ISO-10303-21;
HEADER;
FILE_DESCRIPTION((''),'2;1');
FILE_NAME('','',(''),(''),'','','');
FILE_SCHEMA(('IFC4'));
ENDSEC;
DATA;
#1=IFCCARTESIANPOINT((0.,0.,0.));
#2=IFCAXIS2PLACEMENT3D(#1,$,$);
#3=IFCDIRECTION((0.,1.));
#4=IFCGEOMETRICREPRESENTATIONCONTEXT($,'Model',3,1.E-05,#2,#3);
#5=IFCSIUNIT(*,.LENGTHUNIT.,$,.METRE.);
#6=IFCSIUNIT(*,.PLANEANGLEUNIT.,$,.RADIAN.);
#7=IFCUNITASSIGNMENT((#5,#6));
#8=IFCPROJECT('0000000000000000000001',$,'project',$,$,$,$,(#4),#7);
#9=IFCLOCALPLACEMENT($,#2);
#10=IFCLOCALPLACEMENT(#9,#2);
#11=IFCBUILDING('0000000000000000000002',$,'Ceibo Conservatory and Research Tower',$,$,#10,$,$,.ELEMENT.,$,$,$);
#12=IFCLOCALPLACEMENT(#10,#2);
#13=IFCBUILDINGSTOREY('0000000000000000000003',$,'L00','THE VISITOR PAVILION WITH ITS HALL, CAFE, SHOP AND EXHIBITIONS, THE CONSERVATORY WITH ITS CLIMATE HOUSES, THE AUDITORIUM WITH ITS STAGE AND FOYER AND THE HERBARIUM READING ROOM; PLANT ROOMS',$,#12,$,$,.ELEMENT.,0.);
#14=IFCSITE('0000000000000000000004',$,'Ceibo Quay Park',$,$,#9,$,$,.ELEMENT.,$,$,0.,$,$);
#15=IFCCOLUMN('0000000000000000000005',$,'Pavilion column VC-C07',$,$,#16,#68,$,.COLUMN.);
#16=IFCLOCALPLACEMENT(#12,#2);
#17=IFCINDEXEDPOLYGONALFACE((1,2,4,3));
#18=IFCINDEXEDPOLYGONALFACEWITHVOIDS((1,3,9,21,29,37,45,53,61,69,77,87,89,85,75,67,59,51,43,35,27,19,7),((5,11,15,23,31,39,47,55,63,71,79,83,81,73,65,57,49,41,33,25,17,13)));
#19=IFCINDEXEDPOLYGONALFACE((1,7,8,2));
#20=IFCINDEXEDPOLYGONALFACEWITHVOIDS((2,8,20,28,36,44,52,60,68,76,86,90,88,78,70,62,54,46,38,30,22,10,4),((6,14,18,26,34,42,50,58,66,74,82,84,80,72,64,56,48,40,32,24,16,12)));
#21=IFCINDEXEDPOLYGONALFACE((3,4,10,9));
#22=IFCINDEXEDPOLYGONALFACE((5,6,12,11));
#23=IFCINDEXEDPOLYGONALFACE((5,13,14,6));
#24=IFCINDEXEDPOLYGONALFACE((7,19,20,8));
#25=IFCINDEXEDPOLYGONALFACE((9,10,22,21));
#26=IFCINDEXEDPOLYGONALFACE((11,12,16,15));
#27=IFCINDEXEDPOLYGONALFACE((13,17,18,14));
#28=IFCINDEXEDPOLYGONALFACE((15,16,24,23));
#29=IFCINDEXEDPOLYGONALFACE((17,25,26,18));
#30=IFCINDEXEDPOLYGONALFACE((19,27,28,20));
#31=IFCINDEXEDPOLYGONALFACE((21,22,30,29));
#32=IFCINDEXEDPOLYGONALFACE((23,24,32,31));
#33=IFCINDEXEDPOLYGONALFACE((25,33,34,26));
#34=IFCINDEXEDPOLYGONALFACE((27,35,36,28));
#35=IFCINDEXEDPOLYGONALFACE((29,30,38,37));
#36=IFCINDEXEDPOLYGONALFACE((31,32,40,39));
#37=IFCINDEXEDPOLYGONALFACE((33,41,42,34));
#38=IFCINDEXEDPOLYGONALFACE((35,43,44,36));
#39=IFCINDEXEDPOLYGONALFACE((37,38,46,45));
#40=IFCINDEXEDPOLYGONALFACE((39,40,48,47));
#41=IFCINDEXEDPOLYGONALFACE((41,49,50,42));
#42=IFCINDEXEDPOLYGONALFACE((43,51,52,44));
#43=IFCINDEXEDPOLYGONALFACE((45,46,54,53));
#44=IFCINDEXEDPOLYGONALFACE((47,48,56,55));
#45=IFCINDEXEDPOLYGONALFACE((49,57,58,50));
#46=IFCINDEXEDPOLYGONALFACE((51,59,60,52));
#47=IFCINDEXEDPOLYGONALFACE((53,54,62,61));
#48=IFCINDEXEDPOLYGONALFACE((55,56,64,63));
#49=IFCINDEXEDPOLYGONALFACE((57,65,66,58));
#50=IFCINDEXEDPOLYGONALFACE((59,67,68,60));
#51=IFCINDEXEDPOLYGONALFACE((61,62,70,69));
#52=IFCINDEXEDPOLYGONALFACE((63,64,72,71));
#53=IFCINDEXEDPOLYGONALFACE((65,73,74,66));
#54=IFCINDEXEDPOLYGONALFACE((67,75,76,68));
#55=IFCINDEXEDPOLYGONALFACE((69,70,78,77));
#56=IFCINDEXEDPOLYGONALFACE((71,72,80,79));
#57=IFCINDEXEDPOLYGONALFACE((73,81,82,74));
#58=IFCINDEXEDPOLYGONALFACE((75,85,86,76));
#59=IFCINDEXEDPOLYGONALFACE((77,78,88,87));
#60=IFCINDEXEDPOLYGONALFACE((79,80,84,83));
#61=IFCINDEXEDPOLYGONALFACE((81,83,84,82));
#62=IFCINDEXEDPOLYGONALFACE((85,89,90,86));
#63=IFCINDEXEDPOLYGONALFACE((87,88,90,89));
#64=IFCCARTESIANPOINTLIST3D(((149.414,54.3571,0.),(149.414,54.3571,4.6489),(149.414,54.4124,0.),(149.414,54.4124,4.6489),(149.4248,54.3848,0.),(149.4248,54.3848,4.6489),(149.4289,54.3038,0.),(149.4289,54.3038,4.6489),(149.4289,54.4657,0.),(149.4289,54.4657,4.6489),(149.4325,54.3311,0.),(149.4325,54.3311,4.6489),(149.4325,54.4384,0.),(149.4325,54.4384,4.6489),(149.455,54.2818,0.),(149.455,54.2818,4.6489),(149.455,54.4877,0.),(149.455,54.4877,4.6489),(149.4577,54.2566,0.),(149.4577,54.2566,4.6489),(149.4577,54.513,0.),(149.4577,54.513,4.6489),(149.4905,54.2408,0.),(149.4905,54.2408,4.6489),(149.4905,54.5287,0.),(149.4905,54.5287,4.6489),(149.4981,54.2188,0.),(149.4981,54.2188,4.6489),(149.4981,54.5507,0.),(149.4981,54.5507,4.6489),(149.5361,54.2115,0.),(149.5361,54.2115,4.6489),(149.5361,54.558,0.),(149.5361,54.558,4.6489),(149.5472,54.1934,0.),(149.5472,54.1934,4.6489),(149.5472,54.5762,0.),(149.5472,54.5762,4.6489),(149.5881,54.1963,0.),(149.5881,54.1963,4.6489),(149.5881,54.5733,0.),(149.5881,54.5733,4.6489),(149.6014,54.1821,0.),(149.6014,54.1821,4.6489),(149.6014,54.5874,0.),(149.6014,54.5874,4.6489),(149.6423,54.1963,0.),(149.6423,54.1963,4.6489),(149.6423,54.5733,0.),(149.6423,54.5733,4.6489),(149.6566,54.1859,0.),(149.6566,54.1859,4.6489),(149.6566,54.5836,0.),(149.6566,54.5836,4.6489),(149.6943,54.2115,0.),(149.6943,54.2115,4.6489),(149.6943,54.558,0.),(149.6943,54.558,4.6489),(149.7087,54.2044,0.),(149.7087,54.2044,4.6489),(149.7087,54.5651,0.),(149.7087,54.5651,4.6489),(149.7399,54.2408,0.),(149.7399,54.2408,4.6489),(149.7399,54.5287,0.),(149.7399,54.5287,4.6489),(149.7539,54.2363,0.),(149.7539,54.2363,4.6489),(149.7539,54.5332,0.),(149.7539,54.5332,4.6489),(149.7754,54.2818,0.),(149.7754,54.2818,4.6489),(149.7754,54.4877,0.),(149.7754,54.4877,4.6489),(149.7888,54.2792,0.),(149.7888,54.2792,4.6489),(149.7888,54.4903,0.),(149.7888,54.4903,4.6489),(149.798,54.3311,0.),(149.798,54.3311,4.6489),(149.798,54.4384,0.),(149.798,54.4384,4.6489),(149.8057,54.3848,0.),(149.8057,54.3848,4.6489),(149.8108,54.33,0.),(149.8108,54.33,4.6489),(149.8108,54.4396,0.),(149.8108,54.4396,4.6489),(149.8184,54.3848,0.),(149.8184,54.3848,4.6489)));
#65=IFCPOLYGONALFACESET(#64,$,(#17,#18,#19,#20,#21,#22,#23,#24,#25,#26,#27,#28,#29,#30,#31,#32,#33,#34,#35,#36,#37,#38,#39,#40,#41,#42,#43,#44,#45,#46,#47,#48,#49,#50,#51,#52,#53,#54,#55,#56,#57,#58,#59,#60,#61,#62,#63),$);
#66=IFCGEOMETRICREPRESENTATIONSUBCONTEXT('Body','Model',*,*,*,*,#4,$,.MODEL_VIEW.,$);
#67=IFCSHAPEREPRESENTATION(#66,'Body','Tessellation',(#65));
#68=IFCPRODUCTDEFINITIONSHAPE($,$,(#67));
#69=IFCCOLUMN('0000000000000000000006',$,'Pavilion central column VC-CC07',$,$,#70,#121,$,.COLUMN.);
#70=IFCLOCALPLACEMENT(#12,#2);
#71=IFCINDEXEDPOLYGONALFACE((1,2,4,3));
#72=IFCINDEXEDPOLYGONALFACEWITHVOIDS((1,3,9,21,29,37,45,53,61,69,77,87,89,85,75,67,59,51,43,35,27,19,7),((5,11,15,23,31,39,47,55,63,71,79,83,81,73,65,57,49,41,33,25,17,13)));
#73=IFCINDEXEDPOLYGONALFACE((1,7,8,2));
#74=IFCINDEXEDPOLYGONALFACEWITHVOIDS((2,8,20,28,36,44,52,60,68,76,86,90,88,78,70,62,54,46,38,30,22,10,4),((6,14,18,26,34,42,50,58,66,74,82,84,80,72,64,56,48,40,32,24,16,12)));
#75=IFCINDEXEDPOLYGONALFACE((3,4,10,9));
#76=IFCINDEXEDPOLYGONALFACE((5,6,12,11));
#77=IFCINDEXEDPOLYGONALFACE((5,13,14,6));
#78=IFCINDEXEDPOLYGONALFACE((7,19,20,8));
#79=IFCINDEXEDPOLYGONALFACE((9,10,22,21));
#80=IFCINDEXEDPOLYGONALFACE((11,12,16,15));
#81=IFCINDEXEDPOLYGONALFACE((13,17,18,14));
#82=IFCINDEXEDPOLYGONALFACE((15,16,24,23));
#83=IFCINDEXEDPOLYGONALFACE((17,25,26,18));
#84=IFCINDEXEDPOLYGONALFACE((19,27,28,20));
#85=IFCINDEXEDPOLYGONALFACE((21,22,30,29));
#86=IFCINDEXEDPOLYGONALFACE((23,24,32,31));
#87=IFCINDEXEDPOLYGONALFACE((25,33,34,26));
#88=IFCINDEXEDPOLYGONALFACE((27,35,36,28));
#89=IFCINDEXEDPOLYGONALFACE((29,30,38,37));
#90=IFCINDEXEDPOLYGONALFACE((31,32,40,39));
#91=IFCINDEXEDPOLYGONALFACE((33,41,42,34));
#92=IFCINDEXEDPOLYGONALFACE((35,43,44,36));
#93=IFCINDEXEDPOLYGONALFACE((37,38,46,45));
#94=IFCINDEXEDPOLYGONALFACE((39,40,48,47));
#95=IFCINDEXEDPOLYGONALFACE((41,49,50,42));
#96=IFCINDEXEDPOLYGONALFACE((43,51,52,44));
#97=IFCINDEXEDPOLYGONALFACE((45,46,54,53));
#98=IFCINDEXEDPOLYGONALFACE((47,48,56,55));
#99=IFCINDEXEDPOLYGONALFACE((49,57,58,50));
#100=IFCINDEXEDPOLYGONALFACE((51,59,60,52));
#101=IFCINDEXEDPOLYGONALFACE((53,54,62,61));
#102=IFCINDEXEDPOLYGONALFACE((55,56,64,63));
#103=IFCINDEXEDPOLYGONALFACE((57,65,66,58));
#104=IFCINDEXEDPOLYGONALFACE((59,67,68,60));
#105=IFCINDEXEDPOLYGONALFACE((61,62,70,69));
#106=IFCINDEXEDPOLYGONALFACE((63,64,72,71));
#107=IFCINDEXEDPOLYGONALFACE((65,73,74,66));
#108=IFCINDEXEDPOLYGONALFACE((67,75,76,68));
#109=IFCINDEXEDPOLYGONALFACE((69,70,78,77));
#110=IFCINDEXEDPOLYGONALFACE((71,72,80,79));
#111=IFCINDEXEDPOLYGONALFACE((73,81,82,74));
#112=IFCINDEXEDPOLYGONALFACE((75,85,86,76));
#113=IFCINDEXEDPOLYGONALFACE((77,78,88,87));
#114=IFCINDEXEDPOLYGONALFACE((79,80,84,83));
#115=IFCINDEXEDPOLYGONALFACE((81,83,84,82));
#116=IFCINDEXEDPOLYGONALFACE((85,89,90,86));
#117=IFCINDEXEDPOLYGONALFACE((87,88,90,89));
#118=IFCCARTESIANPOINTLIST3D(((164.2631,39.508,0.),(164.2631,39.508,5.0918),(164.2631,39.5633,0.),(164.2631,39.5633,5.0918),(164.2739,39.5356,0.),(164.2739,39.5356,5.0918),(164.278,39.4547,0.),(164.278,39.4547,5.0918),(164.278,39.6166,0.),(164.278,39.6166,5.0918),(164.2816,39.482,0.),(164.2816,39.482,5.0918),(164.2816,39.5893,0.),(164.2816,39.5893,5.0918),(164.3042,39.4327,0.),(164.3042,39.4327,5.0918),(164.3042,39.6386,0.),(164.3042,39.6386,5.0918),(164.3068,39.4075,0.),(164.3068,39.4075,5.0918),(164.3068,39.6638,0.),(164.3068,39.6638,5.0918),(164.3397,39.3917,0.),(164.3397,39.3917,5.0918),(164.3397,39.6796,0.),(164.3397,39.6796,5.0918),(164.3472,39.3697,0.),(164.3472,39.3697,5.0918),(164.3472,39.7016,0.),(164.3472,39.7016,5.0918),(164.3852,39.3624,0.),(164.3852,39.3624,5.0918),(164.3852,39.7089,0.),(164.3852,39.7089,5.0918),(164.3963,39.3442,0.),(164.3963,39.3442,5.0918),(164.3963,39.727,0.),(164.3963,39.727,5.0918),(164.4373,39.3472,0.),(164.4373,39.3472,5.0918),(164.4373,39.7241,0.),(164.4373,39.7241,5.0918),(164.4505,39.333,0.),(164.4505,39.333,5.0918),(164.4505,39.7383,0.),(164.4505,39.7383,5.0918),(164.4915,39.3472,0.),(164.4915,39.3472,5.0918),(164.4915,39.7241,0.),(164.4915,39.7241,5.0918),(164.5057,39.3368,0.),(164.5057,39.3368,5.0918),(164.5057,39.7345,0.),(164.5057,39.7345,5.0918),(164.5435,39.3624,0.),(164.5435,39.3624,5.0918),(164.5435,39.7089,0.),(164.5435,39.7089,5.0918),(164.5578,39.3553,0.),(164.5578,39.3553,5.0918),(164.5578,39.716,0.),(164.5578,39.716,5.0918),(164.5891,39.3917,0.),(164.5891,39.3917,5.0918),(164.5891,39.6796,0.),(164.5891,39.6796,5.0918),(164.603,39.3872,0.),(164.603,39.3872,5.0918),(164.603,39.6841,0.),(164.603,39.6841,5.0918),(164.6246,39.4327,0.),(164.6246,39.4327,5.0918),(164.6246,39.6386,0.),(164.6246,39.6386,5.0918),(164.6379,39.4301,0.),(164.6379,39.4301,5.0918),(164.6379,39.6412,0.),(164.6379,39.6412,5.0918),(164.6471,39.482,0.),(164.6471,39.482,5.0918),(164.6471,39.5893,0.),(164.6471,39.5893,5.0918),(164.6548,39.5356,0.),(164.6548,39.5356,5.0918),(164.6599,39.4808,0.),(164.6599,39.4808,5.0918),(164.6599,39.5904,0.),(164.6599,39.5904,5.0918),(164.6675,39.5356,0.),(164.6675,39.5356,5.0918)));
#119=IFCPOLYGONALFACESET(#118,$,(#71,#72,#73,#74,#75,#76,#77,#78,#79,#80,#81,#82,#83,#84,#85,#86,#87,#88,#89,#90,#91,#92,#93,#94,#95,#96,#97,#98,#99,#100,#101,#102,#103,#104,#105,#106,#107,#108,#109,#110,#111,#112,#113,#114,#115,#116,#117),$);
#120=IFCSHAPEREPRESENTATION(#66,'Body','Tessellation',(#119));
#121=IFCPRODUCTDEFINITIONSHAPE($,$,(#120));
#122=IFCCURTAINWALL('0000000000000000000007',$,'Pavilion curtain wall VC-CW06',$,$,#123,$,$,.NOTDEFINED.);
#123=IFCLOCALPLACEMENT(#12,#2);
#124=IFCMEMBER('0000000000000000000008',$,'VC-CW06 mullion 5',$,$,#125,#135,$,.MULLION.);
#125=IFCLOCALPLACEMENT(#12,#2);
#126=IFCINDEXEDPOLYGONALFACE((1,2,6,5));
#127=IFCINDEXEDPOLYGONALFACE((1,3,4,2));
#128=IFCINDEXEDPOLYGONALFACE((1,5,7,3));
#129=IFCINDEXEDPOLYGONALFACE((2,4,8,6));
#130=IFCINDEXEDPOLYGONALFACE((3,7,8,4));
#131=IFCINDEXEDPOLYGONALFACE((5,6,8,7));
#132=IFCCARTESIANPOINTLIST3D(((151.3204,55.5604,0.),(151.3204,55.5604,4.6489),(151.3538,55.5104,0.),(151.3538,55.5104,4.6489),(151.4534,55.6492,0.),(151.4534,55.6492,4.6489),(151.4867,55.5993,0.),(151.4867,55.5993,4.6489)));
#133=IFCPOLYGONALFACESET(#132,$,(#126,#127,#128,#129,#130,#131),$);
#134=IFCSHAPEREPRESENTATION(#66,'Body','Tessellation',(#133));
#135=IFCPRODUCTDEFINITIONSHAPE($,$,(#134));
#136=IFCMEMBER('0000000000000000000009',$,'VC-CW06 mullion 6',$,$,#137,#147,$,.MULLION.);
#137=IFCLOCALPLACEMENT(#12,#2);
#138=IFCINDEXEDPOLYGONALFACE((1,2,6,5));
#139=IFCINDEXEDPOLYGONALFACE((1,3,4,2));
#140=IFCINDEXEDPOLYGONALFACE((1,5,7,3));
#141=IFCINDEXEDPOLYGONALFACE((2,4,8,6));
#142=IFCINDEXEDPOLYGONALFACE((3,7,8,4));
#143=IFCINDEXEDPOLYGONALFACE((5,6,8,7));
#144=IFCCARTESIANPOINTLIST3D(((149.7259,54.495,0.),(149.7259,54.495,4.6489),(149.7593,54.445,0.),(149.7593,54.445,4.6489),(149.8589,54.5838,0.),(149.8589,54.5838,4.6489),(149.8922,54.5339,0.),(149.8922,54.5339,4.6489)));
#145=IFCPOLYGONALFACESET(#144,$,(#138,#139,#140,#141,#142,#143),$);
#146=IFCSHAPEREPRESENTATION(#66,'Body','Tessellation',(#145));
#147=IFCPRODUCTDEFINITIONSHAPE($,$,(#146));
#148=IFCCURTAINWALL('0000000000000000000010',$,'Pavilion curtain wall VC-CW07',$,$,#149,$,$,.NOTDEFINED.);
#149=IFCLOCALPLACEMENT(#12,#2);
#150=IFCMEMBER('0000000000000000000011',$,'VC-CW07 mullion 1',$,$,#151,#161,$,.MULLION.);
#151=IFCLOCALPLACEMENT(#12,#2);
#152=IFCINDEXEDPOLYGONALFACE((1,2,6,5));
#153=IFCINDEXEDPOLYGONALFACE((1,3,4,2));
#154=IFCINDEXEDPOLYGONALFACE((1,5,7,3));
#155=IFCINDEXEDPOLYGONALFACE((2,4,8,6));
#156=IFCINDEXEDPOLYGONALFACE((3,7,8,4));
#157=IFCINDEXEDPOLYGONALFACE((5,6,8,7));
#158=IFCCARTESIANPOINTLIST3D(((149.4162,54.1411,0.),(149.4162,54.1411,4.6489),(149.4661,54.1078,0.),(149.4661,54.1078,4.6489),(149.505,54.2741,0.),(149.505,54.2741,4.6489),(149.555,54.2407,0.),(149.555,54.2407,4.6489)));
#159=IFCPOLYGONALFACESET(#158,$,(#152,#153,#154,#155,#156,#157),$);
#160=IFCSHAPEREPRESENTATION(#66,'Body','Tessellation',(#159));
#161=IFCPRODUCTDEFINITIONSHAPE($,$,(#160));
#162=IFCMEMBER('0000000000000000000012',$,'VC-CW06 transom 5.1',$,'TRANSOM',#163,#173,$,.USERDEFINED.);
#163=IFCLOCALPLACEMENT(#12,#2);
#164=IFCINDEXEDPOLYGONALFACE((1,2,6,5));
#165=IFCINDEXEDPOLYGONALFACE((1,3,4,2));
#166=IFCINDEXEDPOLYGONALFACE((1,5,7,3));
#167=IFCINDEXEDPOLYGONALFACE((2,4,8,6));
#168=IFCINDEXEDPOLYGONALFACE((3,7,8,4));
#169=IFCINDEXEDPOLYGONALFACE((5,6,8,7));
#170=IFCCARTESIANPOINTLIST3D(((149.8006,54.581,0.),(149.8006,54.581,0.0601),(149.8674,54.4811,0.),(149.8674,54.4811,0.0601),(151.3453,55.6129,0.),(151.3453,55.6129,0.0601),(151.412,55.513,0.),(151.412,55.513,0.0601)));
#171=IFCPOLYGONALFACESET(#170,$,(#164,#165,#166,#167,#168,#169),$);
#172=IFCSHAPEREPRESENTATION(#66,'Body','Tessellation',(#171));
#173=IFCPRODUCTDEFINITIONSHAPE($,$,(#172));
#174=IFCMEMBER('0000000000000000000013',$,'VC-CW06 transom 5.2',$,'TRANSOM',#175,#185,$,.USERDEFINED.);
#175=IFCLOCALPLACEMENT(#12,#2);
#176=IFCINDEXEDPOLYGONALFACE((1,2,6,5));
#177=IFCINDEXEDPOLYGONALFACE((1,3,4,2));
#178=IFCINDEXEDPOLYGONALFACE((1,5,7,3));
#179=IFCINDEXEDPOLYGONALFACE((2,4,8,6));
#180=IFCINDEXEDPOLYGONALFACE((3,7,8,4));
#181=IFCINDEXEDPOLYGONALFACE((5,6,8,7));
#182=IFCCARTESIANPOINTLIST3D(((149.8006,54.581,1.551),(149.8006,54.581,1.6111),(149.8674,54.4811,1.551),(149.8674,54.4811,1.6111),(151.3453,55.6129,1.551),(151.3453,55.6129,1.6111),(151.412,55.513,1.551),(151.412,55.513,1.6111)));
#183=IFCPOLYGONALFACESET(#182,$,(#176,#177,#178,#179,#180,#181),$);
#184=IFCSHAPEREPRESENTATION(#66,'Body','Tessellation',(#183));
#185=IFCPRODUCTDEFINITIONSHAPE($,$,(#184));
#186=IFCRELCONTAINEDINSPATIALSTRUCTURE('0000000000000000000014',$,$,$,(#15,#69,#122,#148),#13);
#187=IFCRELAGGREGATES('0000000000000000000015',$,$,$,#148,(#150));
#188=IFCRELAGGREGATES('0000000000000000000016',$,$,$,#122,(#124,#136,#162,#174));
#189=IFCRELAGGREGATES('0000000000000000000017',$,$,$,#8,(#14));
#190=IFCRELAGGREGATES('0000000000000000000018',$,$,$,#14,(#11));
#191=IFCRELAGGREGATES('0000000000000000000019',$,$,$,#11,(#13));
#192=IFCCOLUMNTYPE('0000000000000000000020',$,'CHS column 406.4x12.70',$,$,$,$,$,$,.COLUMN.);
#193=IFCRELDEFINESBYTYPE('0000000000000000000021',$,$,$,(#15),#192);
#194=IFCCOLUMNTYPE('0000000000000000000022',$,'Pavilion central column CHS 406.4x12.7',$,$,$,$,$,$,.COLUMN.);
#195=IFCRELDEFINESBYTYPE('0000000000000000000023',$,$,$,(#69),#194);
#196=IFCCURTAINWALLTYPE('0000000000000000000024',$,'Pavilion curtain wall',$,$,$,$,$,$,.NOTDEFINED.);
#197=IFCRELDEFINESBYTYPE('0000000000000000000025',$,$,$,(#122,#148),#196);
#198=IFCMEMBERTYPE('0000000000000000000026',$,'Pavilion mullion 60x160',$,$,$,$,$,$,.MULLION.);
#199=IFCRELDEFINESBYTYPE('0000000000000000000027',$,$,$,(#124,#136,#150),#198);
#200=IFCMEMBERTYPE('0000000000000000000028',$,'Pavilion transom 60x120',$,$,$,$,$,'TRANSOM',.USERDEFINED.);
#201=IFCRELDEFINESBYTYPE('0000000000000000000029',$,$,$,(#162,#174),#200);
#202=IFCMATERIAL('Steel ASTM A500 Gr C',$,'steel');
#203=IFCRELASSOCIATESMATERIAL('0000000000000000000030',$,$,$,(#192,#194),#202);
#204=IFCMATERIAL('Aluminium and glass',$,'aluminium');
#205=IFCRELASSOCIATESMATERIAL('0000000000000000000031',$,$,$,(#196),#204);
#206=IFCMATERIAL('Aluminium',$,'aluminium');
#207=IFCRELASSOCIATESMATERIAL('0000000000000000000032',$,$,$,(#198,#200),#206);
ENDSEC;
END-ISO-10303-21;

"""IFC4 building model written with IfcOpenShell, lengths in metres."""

from ifc_helpers import new_model, si_unit, direction, frame, origin, origin_2d, place, context, subcontext, project, spatial, rectangle, hollow_circle, extrude, material, material_profile, profile_set, type_object, element, aggregate, save


model = new_model("IFC4")

# Units and contexts
model_context = context("Model", 3, precision=1e-05, world=origin(), true_north=direction((0.0, 1.0)))
body_context = subcontext(model_context, "Body", "Model", "MODEL_VIEW")
ifc_project = project(units=[si_unit("LENGTHUNIT", "METRE"), si_unit("PLANEANGLEUNIT", "RADIAN")], contexts=[model_context])

# Site, building, storey
site_placement = place(None, origin())
site = spatial("IfcSite", under=ifc_project, at=site_placement, Name="Ceibo Quay Park", CompositionType="ELEMENT", RefElevation=0.0)
building_placement = place(site_placement, origin())
building = spatial("IfcBuilding", under=site, at=building_placement, Name="Ceibo Conservatory and Research Tower", CompositionType="ELEMENT")
storey_placement = place(building_placement, origin())
storey = spatial("IfcBuildingStorey", under=building, at=storey_placement, Name="L00", Description="THE VISITOR PAVILION WITH ITS HALL, CAFE, SHOP AND EXHIBITIONS, THE CONSERVATORY WITH ITS CLIMATE HOUSES, THE AUDITORIUM WITH ITS STAGE AND FOYER AND THE HERBARIUM READING ROOM; PLANT ROOMS", CompositionType="ELEMENT", Elevation=0.0)

# Columns
ifc_material_1 = material(Name="Steel ASTM A500 Gr C", Category="steel")
ifc_material_profile_1 = material_profile(ifc_material_1, hollow_circle(Radius=0.2031, WallThickness=0.0127, at=origin_2d()), Name="CHS column 406.4x12.70")
ifc_profile_set_1 = profile_set([ifc_material_profile_1], Name="Steel ASTM A500 Gr C")
column_type_1 = type_object("IfcColumnType", Name="CHS column 406.4x12.70", PredefinedType="COLUMN", material=ifc_profile_set_1)
column_1_placement = place(storey_placement, frame((149.6152, 54.3848, 0.0), z_axis=(0.0, 0.0, 1.0), x_axis=(1.0, 0.0, 0.0)))
element("IfcColumn", 1, at=column_1_placement, inside=storey, type_object=column_type_1, Name="Pavilion column VC-C07", PredefinedType="COLUMN", context=body_context, shape_type="SweptSolid", body=[
    extrude(hollow_circle(Radius=0.2031, WallThickness=0.0127, at=origin_2d()), origin(), (0.0, 0.0, 1.0), 4.6489),
])
ifc_material_profile_2 = material_profile(ifc_material_1, hollow_circle(Radius=0.2031, WallThickness=0.0127, at=origin_2d()), Name="Pavilion central column CHS 406.4x12.7")
ifc_profile_set_2 = profile_set([ifc_material_profile_2], Name="Steel ASTM A500 Gr C")
column_type_2 = type_object("IfcColumnType", Name="Pavilion central column CHS 406.4x12.7", PredefinedType="COLUMN", material=ifc_profile_set_2)
column_2_placement = place(storey_placement, frame((164.4644, 39.5356, 0.0), z_axis=(0.0, 0.0, 1.0), x_axis=(1.0, 0.0, 0.0)))
element("IfcColumn", 2, at=column_2_placement, inside=storey, type_object=column_type_2, Name="Pavilion central column VC-CC07", PredefinedType="COLUMN", context=body_context, shape_type="SweptSolid", body=[
    extrude(hollow_circle(Radius=0.2031, WallThickness=0.0127, at=origin_2d()), origin(), (0.0, 0.0, 1.0), 5.0918),
])

# Curtain wall, members
ifc_material_2 = material(Name="Aluminium and glass", Category="aluminium")
curtain_wall_type = type_object("IfcCurtainWallType", Name="Pavilion curtain wall", PredefinedType="NOTDEFINED", material=ifc_material_2)
curtain_wall_1_placement = place(storey_placement, origin())
curtain_wall_1 = element("IfcCurtainWall", 3, at=curtain_wall_1_placement, inside=storey, type_object=curtain_wall_type, Name="Pavilion curtain wall VC-CW06", PredefinedType="NOTDEFINED")
ifc_material_3 = material(Name="Aluminium", Category="aluminium")
ifc_material_profile_3 = material_profile(ifc_material_3, rectangle(XDim=0.0601, YDim=0.1599, at=origin_2d()), Name="AL 60x160")
ifc_profile_set_3 = profile_set([ifc_material_profile_3], Name="Aluminium")
member_type_1 = type_object("IfcMemberType", Name="Pavilion mullion 60x160", PredefinedType="MULLION", material=ifc_profile_set_3)
member_1_placement = place(storey_placement, frame((151.4036, 55.5798, 0.0), z_axis=(0.0, 0.0, 1.0), x_axis=(0.55557, -0.83147, 0.0)))
member_1 = element("IfcMember", 4, at=member_1_placement, type_object=member_type_1, Name="VC-CW06 mullion 5", PredefinedType="MULLION", context=body_context, shape_type="SweptSolid", body=[
    extrude(rectangle(XDim=0.0601, YDim=0.1599, at=origin_2d()), origin(), (0.0, 0.0, 1.0), 4.6489),
])
member_2_placement = place(storey_placement, frame((149.8091, 54.5144, 0.0), z_axis=(0.0, 0.0, 1.0), x_axis=(0.55557, -0.83147, 0.0)))
member_2 = element("IfcMember", 5, at=member_2_placement, type_object=member_type_1, Name="VC-CW06 mullion 6", PredefinedType="MULLION", context=body_context, shape_type="SweptSolid", body=[
    extrude(rectangle(XDim=0.0601, YDim=0.1599, at=origin_2d()), origin(), (0.0, 0.0, 1.0), 4.6489),
])

# Curtain wall, member
curtain_wall_2_placement = place(storey_placement, origin())
curtain_wall_2 = element("IfcCurtainWall", 6, at=curtain_wall_2_placement, inside=storey, type_object=curtain_wall_type, Name="Pavilion curtain wall VC-CW07", PredefinedType="NOTDEFINED")
member_3_placement = place(storey_placement, frame((149.4856, 54.1909, 0.0), z_axis=(0.0, 0.0, 1.0), x_axis=(0.83147, -0.55557, 0.0)))
member_3 = element("IfcMember", 7, at=member_3_placement, type_object=member_type_1, Name="VC-CW07 mullion 1", PredefinedType="MULLION", context=body_context, shape_type="SweptSolid", body=[
    extrude(rectangle(XDim=0.0601, YDim=0.1599, at=origin_2d()), origin(), (0.0, 0.0, 1.0), 4.6489),
])

# Members
ifc_material_profile_4 = material_profile(ifc_material_3, rectangle(XDim=0.1201, YDim=0.0601, at=origin_2d()), Name="AL 60x120")
ifc_profile_set_4 = profile_set([ifc_material_profile_4], Name="Aluminium")
member_type_2 = type_object("IfcMemberType", Name="Pavilion transom 60x120", ElementType="TRANSOM", PredefinedType="USERDEFINED", material=ifc_profile_set_4)
member_4_placement = place(storey_placement, frame((151.3787, 55.563, 0.03), z_axis=(-0.831504, -0.555519, 0.0), x_axis=(0.555519, -0.831504, 0.0)))
member_4 = element("IfcMember", 8, at=member_4_placement, type_object=member_type_2, Name="VC-CW06 transom 5.1", ObjectType="TRANSOM", PredefinedType="USERDEFINED", context=body_context, shape_type="SweptSolid", body=[
    extrude(rectangle(XDim=0.1201, YDim=0.0601, at=origin_2d()), origin(), (0.0, 0.0, 1.0), 1.8577),
])
member_5_placement = place(storey_placement, frame((151.3787, 55.563, 1.5811), z_axis=(-0.831504, -0.555519, 0.0), x_axis=(0.555519, -0.831504, 0.0)))
member_5 = element("IfcMember", 9, at=member_5_placement, type_object=member_type_2, Name="VC-CW06 transom 5.2", ObjectType="TRANSOM", PredefinedType="USERDEFINED", context=body_context, shape_type="SweptSolid", body=[
    extrude(rectangle(XDim=0.1201, YDim=0.0601, at=origin_2d()), origin(), (0.0, 0.0, 1.0), 1.8577),
])
aggregate(curtain_wall_2, [member_3])

aggregate(curtain_wall_1, [member_1, member_2, member_4, member_5])

save(model, "model.ifc")
